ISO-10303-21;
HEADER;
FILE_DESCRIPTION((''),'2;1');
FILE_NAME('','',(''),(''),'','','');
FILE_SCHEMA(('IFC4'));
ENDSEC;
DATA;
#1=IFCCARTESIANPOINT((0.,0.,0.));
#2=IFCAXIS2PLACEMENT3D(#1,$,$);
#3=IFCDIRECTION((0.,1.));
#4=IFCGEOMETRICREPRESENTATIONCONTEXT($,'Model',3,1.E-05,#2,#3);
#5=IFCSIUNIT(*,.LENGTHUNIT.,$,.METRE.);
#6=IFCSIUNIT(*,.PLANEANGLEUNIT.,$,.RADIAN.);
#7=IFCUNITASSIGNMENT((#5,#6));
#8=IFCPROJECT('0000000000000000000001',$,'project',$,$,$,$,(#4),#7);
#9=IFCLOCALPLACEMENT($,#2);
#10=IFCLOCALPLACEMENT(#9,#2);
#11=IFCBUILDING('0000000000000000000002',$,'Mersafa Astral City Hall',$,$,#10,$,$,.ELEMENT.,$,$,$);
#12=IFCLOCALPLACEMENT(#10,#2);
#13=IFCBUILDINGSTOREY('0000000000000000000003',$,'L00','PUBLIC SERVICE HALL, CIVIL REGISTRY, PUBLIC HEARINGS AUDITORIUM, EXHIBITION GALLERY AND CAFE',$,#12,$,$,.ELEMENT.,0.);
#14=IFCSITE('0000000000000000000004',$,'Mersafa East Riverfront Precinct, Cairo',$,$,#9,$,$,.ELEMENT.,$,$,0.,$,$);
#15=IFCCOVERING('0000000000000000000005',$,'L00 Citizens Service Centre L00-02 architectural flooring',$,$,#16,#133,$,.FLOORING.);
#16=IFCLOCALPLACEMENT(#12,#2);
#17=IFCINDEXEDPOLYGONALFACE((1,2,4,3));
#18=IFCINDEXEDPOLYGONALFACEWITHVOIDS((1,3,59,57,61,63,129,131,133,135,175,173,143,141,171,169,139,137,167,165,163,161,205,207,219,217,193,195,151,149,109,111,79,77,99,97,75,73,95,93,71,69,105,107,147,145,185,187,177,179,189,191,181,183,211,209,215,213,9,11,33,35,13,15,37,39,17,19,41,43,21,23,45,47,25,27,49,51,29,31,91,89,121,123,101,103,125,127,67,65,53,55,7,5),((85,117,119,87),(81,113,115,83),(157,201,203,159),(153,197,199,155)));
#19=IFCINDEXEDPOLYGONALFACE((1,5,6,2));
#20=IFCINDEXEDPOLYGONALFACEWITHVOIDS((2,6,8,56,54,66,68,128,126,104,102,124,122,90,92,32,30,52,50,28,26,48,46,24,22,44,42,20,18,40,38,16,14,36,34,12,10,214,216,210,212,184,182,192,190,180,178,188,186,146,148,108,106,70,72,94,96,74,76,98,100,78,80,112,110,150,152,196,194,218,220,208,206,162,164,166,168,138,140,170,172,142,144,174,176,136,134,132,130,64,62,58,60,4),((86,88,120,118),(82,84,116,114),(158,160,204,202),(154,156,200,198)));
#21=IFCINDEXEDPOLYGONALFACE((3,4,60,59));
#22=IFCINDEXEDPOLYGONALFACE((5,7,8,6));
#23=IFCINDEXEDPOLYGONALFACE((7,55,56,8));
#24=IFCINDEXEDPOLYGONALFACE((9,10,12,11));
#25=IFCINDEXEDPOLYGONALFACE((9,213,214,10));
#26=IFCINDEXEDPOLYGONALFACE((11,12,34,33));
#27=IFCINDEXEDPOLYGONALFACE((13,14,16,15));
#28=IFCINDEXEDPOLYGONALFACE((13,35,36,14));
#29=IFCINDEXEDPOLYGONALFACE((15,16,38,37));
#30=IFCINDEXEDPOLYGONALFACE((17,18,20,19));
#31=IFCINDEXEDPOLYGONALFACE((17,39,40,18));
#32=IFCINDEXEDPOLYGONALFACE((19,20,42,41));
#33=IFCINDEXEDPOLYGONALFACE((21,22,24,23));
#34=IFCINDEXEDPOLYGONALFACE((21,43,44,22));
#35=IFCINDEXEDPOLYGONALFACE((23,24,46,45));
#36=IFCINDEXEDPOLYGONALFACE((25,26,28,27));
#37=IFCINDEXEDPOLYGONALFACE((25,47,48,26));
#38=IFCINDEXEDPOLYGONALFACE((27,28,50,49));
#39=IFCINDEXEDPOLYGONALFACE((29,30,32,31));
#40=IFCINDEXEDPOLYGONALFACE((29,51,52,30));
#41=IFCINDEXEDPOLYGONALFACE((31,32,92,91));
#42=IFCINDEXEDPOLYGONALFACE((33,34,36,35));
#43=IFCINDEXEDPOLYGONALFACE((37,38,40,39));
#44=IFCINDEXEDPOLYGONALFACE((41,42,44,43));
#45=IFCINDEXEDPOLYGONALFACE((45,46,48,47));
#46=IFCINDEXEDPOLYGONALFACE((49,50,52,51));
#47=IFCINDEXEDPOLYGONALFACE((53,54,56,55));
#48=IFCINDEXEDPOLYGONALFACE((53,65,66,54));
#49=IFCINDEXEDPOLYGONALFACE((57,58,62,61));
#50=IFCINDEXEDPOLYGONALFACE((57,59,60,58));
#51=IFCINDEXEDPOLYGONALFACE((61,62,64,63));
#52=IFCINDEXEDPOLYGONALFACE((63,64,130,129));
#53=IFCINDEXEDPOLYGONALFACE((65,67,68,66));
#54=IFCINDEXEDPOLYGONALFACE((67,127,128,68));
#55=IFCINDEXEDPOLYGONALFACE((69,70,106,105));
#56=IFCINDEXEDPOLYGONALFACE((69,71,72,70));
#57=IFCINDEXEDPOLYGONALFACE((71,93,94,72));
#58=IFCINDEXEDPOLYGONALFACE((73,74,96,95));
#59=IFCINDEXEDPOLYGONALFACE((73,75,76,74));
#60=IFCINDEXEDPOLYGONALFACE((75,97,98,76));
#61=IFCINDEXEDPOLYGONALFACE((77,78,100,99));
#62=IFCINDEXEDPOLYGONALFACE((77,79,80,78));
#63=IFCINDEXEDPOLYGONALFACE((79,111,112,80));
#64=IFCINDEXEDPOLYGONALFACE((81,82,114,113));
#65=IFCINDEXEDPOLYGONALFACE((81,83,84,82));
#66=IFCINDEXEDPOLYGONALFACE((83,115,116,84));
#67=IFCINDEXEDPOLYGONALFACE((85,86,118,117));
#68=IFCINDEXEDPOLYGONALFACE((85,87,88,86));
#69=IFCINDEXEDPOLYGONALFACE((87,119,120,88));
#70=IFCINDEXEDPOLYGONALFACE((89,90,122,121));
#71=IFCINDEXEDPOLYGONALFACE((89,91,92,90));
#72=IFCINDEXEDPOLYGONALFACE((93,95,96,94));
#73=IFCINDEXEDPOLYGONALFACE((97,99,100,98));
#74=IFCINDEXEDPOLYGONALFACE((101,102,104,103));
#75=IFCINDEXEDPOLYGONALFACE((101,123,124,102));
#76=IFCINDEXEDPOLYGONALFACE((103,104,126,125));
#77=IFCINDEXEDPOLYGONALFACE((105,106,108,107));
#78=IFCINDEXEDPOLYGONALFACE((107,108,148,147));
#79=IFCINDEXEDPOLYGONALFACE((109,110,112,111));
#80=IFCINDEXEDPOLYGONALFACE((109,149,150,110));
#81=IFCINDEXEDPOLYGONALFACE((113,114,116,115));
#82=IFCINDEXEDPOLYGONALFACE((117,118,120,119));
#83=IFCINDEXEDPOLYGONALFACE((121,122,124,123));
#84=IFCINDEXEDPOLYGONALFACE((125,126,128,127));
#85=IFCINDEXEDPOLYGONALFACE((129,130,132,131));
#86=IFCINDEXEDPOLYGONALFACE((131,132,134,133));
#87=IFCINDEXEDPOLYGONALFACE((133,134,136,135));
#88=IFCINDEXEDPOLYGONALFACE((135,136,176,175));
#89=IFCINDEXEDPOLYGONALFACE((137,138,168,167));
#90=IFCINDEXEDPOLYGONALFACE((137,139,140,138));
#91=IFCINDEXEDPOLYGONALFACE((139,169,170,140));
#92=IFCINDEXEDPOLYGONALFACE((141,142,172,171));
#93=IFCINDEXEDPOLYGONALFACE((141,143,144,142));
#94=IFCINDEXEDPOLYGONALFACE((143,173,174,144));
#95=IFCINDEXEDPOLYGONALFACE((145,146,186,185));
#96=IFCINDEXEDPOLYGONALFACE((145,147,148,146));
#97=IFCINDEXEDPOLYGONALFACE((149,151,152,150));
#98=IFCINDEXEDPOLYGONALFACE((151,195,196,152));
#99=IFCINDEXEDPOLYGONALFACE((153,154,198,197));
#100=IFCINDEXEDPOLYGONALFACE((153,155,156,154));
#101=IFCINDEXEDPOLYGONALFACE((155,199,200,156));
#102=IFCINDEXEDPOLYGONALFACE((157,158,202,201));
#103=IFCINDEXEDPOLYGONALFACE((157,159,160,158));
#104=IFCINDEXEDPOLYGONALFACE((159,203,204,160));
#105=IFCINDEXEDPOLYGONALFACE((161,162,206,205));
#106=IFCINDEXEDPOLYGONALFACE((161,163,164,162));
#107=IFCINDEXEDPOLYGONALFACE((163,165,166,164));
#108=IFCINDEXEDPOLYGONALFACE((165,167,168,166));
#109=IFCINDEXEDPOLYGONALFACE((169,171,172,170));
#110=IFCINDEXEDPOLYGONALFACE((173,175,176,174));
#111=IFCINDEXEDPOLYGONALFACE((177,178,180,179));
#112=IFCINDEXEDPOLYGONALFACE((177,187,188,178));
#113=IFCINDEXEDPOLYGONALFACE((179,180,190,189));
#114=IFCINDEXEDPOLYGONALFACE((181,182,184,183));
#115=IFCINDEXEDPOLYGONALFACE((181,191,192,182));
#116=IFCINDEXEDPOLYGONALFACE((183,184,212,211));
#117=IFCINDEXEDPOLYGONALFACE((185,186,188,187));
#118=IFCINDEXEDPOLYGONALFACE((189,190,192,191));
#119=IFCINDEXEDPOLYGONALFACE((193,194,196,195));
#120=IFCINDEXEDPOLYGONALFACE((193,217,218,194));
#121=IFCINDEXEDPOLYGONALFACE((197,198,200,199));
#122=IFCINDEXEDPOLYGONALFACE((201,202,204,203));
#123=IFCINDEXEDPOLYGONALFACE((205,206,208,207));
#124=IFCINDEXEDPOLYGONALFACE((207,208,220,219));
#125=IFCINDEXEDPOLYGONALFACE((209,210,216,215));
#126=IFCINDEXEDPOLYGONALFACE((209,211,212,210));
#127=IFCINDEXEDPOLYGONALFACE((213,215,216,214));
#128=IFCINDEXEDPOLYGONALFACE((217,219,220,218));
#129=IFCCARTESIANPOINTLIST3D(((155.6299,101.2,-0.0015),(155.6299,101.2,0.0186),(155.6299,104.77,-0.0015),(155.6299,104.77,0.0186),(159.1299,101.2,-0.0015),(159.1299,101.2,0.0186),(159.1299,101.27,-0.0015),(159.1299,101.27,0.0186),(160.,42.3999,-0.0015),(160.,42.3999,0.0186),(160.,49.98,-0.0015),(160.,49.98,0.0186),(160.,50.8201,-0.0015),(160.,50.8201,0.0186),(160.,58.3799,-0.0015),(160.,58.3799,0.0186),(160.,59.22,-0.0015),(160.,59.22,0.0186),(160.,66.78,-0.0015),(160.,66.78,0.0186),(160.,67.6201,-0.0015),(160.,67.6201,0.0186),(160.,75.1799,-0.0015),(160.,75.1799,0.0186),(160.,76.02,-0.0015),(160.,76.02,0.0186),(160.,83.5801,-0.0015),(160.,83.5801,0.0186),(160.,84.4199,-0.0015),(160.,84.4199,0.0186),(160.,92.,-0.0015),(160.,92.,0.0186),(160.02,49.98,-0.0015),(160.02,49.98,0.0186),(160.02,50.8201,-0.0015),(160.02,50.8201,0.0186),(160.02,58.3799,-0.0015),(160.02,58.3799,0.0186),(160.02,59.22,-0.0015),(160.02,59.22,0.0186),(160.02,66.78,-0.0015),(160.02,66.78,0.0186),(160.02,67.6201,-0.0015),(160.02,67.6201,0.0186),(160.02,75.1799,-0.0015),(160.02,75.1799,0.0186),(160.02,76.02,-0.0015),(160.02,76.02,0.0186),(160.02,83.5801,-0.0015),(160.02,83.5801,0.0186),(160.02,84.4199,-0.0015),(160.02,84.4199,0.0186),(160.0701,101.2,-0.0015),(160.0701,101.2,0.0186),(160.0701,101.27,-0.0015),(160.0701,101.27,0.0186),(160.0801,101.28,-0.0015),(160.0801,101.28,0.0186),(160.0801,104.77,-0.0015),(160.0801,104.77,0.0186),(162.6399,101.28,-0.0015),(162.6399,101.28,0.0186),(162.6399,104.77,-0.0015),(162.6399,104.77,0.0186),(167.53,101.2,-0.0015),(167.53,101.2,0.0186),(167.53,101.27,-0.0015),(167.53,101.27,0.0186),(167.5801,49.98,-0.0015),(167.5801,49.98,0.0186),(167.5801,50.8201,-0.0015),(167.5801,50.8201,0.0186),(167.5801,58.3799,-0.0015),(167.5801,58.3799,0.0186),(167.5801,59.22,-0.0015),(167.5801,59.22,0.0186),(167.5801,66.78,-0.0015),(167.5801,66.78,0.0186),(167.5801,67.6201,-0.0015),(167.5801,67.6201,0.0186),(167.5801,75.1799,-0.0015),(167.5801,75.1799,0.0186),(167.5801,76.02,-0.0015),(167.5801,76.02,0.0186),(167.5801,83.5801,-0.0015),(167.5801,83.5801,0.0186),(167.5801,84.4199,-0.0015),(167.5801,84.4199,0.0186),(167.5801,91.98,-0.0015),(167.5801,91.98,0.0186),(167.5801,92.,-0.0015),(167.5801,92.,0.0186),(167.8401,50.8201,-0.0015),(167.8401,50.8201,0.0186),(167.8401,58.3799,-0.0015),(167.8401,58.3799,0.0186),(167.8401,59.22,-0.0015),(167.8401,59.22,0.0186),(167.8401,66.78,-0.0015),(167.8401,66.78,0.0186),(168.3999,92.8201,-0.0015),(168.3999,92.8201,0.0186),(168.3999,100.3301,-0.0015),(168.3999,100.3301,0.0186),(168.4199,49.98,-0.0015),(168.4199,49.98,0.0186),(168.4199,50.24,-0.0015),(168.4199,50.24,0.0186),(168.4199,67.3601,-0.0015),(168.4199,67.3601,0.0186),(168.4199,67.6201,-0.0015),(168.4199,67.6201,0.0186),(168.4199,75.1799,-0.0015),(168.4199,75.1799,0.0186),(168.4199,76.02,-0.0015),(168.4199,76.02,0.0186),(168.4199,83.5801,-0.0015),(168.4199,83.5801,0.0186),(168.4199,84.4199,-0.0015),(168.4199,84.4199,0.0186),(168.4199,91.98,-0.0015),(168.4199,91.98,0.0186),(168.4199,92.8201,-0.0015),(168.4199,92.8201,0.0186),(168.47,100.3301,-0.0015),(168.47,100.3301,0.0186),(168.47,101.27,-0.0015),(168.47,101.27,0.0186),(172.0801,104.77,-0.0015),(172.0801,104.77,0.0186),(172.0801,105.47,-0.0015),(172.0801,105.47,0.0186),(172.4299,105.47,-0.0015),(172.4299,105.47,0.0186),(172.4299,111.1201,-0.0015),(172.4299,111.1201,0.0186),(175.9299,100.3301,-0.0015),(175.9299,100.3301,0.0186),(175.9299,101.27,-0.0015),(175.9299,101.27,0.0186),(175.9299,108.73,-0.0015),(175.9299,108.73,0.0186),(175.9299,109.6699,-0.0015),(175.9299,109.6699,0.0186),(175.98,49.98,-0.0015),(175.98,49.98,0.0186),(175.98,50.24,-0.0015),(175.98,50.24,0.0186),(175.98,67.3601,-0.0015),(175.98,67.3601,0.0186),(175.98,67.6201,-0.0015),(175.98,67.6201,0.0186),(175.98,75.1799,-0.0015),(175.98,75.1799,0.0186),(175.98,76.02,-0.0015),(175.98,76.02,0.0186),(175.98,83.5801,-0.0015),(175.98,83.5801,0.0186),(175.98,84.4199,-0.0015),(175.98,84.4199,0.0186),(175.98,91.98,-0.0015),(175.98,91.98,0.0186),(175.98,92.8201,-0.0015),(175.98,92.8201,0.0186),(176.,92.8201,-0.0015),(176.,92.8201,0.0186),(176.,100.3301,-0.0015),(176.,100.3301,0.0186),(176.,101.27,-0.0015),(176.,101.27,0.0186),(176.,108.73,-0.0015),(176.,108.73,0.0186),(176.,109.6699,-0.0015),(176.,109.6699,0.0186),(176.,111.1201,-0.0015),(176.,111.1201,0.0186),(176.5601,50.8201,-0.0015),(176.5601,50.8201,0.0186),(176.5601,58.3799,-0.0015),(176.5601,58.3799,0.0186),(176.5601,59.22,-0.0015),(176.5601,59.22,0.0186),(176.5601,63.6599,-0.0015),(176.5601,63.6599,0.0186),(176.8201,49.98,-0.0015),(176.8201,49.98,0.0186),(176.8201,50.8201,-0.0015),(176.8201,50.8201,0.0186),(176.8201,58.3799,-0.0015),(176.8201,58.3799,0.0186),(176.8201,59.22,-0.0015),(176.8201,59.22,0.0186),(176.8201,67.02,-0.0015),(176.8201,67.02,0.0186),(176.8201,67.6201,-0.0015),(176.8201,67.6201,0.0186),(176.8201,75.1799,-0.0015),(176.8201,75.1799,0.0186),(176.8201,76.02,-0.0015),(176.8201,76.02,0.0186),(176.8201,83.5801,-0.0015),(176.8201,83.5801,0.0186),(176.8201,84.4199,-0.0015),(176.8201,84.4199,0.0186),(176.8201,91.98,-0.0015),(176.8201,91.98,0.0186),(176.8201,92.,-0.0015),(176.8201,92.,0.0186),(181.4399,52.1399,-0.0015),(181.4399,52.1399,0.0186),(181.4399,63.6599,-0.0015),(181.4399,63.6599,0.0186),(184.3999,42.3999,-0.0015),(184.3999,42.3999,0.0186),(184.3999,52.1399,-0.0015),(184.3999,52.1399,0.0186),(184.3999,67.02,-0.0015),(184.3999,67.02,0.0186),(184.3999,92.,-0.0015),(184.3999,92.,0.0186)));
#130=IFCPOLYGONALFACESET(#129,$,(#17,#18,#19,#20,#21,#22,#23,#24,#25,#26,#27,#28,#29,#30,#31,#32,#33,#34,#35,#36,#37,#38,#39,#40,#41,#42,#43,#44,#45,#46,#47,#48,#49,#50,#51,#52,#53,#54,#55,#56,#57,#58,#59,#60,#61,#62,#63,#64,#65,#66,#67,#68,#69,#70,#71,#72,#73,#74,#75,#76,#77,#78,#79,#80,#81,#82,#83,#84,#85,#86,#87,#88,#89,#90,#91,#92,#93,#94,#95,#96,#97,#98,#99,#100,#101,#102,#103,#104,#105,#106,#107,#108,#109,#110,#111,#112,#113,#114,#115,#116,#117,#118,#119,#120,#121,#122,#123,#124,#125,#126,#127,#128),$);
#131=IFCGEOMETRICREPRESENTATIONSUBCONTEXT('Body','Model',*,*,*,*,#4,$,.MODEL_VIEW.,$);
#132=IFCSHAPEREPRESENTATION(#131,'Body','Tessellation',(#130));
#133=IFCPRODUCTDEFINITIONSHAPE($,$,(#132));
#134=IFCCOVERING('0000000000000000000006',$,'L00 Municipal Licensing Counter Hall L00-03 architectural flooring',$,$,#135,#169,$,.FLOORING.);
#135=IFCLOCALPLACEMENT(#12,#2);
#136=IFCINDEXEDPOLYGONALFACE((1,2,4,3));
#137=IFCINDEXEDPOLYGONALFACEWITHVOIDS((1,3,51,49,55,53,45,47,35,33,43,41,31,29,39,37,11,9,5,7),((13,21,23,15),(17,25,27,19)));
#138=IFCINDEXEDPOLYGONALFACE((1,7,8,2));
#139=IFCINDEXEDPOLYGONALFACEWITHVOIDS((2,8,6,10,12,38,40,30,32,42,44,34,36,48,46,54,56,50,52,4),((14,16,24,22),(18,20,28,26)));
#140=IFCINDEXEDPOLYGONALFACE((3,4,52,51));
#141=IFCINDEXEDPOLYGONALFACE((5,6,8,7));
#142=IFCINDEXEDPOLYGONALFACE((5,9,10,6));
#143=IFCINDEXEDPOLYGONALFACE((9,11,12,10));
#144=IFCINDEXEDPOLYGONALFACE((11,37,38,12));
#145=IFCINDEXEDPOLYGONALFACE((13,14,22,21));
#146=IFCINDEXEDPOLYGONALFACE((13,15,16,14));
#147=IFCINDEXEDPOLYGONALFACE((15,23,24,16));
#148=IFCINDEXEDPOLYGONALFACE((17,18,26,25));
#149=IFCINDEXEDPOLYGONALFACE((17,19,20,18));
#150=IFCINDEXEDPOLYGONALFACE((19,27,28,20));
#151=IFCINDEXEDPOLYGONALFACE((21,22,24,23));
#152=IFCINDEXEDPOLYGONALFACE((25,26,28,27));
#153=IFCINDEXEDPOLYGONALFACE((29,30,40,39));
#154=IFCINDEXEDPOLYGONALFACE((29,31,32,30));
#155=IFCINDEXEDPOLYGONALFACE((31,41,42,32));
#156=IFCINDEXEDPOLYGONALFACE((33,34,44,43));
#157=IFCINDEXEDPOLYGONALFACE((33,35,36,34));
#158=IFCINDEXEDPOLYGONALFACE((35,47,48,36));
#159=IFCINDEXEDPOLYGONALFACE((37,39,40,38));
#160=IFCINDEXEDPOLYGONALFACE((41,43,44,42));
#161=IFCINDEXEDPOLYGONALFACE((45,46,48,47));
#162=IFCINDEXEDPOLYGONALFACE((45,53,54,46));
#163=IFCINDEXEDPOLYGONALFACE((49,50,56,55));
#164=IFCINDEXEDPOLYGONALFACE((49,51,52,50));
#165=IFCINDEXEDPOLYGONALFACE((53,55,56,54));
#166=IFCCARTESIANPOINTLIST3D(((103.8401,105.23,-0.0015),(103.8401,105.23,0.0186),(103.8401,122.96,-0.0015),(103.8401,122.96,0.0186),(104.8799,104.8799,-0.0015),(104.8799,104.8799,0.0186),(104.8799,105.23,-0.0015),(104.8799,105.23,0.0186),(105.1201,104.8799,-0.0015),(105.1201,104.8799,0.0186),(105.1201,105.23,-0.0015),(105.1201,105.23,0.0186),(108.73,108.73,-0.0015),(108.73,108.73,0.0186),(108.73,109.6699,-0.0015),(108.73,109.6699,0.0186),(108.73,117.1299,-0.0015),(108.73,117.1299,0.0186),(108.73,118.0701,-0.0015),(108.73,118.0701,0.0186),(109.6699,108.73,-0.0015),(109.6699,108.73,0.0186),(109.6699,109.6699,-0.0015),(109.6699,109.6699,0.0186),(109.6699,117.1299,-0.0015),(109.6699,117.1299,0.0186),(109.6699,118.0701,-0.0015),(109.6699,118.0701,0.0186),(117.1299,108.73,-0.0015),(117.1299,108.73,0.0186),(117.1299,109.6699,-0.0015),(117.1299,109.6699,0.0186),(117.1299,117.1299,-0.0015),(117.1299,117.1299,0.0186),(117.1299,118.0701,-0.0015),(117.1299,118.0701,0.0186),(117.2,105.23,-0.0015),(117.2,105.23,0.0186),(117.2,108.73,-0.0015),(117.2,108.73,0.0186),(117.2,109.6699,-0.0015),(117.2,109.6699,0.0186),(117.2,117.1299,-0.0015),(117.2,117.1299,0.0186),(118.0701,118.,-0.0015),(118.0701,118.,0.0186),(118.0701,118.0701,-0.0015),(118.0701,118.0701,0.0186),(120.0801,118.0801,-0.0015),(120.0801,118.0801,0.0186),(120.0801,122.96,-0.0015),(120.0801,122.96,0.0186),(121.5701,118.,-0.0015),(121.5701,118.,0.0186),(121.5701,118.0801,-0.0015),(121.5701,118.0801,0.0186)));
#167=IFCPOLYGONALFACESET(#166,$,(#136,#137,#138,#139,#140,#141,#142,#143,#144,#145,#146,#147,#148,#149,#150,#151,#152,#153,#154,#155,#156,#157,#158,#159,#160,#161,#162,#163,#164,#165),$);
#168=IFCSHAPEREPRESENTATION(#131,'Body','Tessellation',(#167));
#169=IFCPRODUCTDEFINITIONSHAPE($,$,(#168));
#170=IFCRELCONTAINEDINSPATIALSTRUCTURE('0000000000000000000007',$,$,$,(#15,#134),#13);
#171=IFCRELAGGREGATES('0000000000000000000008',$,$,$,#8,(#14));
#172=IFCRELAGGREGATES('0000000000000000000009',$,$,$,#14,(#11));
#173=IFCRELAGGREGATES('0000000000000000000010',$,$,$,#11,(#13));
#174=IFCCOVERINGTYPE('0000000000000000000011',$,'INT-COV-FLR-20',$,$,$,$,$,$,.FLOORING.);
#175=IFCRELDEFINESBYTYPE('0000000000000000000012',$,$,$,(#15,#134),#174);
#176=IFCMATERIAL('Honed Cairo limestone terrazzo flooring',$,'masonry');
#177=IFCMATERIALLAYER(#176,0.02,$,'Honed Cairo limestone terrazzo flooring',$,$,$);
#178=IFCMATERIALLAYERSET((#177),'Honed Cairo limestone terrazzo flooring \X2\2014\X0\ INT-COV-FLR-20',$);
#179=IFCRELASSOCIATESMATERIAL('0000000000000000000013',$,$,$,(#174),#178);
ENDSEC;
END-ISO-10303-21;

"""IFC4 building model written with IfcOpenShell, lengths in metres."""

from ifc_helpers import new_model, si_unit, direction, frame, origin, place, context, subcontext, project, spatial, polyline, outline, extrude, material, layer, layer_set, type_object, element, save


model = new_model("IFC4")

# Units and contexts
model_context = context("Model", 3, precision=1e-05, world=origin(), true_north=direction((0.0, 1.0)))
body_context = subcontext(model_context, "Body", "Model", "MODEL_VIEW")
ifc_project = project(units=[si_unit("LENGTHUNIT", "METRE"), si_unit("PLANEANGLEUNIT", "RADIAN")], contexts=[model_context])

# Site, building, storey
site_placement = place(None, origin())
site = spatial("IfcSite", under=ifc_project, at=site_placement, Name="Mersafa East Riverfront Precinct, Cairo", CompositionType="ELEMENT", RefElevation=0.0)
building_placement = place(site_placement, origin())
building = spatial("IfcBuilding", under=site, at=building_placement, Name="Mersafa Astral City Hall", CompositionType="ELEMENT")
storey_placement = place(building_placement, origin())
storey = spatial("IfcBuildingStorey", under=building, at=storey_placement, Name="L00", Description="PUBLIC SERVICE HALL, CIVIL REGISTRY, PUBLIC HEARINGS AUDITORIUM, EXHIBITION GALLERY AND CAFE", CompositionType="ELEMENT", Elevation=0.0)

# Coverings
ifc_material_1 = material(Name="Honed Cairo limestone terrazzo flooring", Category="masonry")
ifc_layer_1 = layer(ifc_material_1, 0.02, Name="Honed Cairo limestone terrazzo flooring")
ifc_layer_set_1 = layer_set([ifc_layer_1], Name="Honed Cairo limestone terrazzo flooring — INT-COV-FLR-20")
covering_type = type_object("IfcCoveringType", Name="INT-COV-FLR-20", PredefinedType="FLOORING", material=ifc_layer_set_1)
covering_1_placement = place(storey_placement, frame((0.0, 0.0, -0.0015)))
element("IfcCovering", 1, at=covering_1_placement, inside=storey, type_object=covering_type, Name="L00 Citizens Service Centre L00-02 architectural flooring", PredefinedType="FLOORING", context=body_context, shape_type="SweptSolid", body=[
    extrude(outline(polyline([(155.6299, 101.2), (155.6299, 104.77), (160.0801, 104.77), (160.0801, 101.28), (162.6399, 101.28), (162.6399, 104.77), (172.0801, 104.77), (172.0801, 105.47), (172.4299, 105.47), (172.4299, 111.1201), (176.0, 111.1201), (176.0, 109.6699), (175.9299, 109.6699), (175.9299, 108.73), (176.0, 108.73), (176.0, 101.27), (175.9299, 101.27), (175.9299, 100.3301), (176.0, 100.3301), (176.0, 92.8201), (175.98, 92.8201), (175.98, 91.98), (176.8201, 91.98), (176.8201, 92.0), (184.3999, 92.0), (184.3999, 67.02), (176.8201, 67.02), (176.8201, 67.6201), (175.98, 67.6201), (175.98, 67.3601), (168.4199, 67.3601), (168.4199, 67.6201), (167.5801, 67.6201), (167.5801, 66.78), (167.8401, 66.78), (167.8401, 59.22), (167.5801, 59.22), (167.5801, 58.3799), (167.8401, 58.3799), (167.8401, 50.8201), (167.5801, 50.8201), (167.5801, 49.98), (168.4199, 49.98), (168.4199, 50.24), (175.98, 50.24), (175.98, 49.98), (176.8201, 49.98), (176.8201, 50.8201), (176.5601, 50.8201), (176.5601, 58.3799), (176.8201, 58.3799), (176.8201, 59.22), (176.5601, 59.22), (176.5601, 63.6599), (181.4399, 63.6599), (181.4399, 52.1399), (184.3999, 52.1399), (184.3999, 42.3999), (160.0, 42.3999), (160.0, 49.98), (160.02, 49.98), (160.02, 50.8201), (160.0, 50.8201), (160.0, 58.3799), (160.02, 58.3799), (160.02, 59.22), (160.0, 59.22), (160.0, 66.78), (160.02, 66.78), (160.02, 67.6201), (160.0, 67.6201), (160.0, 75.1799), (160.02, 75.1799), (160.02, 76.02), (160.0, 76.02), (160.0, 83.5801), (160.02, 83.5801), (160.02, 84.4199), (160.0, 84.4199), (160.0, 92.0), (167.5801, 92.0), (167.5801, 91.98), (168.4199, 91.98), (168.4199, 92.8201), (168.3999, 92.8201), (168.3999, 100.3301), (168.47, 100.3301), (168.47, 101.27), (167.53, 101.27), (167.53, 101.2), (160.0701, 101.2), (160.0701, 101.27), (159.1299, 101.27), (159.1299, 101.2), (155.6299, 101.2)]), holes=[polyline([(176.8201, 75.1799), (176.8201, 76.02), (175.98, 76.02), (175.98, 75.1799), (176.8201, 75.1799)]), polyline([(175.98, 83.5801), (176.8201, 83.5801), (176.8201, 84.4199), (175.98, 84.4199), (175.98, 83.5801)]), polyline([(167.5801, 75.1799), (168.4199, 75.1799), (168.4199, 76.02), (167.5801, 76.02), (167.5801, 75.1799)]), polyline([(167.5801, 83.5801), (168.4199, 83.5801), (168.4199, 84.4199), (167.5801, 84.4199), (167.5801, 83.5801)])]), origin(), (0.0, 0.0, 1.0), 0.02),
])
covering_2_placement = place(storey_placement, frame((0.0, 0.0, -0.0015)))
element("IfcCovering", 2, at=covering_2_placement, inside=storey, type_object=covering_type, Name="L00 Municipal Licensing Counter Hall L00-03 architectural flooring", PredefinedType="FLOORING", context=body_context, shape_type="SweptSolid", body=[
    extrude(outline(polyline([(117.2, 105.23), (105.1201, 105.23), (105.1201, 104.8799), (104.8799, 104.8799), (104.8799, 105.23), (103.8401, 105.23), (103.8401, 122.96), (120.0801, 122.96), (120.0801, 118.0801), (121.5701, 118.0801), (121.5701, 118.0), (118.0701, 118.0), (118.0701, 118.0701), (117.1299, 118.0701), (117.1299, 117.1299), (117.2, 117.1299), (117.2, 109.6699), (117.1299, 109.6699), (117.1299, 108.73), (117.2, 108.73), (117.2, 105.23)]), holes=[polyline([(109.6699, 108.73), (109.6699, 109.6699), (108.73, 109.6699), (108.73, 108.73), (109.6699, 108.73)]), polyline([(108.73, 117.1299), (109.6699, 117.1299), (109.6699, 118.0701), (108.73, 118.0701), (108.73, 117.1299)])]), origin(), (0.0, 0.0, 1.0), 0.02),
])

save(model, "model.ifc")
